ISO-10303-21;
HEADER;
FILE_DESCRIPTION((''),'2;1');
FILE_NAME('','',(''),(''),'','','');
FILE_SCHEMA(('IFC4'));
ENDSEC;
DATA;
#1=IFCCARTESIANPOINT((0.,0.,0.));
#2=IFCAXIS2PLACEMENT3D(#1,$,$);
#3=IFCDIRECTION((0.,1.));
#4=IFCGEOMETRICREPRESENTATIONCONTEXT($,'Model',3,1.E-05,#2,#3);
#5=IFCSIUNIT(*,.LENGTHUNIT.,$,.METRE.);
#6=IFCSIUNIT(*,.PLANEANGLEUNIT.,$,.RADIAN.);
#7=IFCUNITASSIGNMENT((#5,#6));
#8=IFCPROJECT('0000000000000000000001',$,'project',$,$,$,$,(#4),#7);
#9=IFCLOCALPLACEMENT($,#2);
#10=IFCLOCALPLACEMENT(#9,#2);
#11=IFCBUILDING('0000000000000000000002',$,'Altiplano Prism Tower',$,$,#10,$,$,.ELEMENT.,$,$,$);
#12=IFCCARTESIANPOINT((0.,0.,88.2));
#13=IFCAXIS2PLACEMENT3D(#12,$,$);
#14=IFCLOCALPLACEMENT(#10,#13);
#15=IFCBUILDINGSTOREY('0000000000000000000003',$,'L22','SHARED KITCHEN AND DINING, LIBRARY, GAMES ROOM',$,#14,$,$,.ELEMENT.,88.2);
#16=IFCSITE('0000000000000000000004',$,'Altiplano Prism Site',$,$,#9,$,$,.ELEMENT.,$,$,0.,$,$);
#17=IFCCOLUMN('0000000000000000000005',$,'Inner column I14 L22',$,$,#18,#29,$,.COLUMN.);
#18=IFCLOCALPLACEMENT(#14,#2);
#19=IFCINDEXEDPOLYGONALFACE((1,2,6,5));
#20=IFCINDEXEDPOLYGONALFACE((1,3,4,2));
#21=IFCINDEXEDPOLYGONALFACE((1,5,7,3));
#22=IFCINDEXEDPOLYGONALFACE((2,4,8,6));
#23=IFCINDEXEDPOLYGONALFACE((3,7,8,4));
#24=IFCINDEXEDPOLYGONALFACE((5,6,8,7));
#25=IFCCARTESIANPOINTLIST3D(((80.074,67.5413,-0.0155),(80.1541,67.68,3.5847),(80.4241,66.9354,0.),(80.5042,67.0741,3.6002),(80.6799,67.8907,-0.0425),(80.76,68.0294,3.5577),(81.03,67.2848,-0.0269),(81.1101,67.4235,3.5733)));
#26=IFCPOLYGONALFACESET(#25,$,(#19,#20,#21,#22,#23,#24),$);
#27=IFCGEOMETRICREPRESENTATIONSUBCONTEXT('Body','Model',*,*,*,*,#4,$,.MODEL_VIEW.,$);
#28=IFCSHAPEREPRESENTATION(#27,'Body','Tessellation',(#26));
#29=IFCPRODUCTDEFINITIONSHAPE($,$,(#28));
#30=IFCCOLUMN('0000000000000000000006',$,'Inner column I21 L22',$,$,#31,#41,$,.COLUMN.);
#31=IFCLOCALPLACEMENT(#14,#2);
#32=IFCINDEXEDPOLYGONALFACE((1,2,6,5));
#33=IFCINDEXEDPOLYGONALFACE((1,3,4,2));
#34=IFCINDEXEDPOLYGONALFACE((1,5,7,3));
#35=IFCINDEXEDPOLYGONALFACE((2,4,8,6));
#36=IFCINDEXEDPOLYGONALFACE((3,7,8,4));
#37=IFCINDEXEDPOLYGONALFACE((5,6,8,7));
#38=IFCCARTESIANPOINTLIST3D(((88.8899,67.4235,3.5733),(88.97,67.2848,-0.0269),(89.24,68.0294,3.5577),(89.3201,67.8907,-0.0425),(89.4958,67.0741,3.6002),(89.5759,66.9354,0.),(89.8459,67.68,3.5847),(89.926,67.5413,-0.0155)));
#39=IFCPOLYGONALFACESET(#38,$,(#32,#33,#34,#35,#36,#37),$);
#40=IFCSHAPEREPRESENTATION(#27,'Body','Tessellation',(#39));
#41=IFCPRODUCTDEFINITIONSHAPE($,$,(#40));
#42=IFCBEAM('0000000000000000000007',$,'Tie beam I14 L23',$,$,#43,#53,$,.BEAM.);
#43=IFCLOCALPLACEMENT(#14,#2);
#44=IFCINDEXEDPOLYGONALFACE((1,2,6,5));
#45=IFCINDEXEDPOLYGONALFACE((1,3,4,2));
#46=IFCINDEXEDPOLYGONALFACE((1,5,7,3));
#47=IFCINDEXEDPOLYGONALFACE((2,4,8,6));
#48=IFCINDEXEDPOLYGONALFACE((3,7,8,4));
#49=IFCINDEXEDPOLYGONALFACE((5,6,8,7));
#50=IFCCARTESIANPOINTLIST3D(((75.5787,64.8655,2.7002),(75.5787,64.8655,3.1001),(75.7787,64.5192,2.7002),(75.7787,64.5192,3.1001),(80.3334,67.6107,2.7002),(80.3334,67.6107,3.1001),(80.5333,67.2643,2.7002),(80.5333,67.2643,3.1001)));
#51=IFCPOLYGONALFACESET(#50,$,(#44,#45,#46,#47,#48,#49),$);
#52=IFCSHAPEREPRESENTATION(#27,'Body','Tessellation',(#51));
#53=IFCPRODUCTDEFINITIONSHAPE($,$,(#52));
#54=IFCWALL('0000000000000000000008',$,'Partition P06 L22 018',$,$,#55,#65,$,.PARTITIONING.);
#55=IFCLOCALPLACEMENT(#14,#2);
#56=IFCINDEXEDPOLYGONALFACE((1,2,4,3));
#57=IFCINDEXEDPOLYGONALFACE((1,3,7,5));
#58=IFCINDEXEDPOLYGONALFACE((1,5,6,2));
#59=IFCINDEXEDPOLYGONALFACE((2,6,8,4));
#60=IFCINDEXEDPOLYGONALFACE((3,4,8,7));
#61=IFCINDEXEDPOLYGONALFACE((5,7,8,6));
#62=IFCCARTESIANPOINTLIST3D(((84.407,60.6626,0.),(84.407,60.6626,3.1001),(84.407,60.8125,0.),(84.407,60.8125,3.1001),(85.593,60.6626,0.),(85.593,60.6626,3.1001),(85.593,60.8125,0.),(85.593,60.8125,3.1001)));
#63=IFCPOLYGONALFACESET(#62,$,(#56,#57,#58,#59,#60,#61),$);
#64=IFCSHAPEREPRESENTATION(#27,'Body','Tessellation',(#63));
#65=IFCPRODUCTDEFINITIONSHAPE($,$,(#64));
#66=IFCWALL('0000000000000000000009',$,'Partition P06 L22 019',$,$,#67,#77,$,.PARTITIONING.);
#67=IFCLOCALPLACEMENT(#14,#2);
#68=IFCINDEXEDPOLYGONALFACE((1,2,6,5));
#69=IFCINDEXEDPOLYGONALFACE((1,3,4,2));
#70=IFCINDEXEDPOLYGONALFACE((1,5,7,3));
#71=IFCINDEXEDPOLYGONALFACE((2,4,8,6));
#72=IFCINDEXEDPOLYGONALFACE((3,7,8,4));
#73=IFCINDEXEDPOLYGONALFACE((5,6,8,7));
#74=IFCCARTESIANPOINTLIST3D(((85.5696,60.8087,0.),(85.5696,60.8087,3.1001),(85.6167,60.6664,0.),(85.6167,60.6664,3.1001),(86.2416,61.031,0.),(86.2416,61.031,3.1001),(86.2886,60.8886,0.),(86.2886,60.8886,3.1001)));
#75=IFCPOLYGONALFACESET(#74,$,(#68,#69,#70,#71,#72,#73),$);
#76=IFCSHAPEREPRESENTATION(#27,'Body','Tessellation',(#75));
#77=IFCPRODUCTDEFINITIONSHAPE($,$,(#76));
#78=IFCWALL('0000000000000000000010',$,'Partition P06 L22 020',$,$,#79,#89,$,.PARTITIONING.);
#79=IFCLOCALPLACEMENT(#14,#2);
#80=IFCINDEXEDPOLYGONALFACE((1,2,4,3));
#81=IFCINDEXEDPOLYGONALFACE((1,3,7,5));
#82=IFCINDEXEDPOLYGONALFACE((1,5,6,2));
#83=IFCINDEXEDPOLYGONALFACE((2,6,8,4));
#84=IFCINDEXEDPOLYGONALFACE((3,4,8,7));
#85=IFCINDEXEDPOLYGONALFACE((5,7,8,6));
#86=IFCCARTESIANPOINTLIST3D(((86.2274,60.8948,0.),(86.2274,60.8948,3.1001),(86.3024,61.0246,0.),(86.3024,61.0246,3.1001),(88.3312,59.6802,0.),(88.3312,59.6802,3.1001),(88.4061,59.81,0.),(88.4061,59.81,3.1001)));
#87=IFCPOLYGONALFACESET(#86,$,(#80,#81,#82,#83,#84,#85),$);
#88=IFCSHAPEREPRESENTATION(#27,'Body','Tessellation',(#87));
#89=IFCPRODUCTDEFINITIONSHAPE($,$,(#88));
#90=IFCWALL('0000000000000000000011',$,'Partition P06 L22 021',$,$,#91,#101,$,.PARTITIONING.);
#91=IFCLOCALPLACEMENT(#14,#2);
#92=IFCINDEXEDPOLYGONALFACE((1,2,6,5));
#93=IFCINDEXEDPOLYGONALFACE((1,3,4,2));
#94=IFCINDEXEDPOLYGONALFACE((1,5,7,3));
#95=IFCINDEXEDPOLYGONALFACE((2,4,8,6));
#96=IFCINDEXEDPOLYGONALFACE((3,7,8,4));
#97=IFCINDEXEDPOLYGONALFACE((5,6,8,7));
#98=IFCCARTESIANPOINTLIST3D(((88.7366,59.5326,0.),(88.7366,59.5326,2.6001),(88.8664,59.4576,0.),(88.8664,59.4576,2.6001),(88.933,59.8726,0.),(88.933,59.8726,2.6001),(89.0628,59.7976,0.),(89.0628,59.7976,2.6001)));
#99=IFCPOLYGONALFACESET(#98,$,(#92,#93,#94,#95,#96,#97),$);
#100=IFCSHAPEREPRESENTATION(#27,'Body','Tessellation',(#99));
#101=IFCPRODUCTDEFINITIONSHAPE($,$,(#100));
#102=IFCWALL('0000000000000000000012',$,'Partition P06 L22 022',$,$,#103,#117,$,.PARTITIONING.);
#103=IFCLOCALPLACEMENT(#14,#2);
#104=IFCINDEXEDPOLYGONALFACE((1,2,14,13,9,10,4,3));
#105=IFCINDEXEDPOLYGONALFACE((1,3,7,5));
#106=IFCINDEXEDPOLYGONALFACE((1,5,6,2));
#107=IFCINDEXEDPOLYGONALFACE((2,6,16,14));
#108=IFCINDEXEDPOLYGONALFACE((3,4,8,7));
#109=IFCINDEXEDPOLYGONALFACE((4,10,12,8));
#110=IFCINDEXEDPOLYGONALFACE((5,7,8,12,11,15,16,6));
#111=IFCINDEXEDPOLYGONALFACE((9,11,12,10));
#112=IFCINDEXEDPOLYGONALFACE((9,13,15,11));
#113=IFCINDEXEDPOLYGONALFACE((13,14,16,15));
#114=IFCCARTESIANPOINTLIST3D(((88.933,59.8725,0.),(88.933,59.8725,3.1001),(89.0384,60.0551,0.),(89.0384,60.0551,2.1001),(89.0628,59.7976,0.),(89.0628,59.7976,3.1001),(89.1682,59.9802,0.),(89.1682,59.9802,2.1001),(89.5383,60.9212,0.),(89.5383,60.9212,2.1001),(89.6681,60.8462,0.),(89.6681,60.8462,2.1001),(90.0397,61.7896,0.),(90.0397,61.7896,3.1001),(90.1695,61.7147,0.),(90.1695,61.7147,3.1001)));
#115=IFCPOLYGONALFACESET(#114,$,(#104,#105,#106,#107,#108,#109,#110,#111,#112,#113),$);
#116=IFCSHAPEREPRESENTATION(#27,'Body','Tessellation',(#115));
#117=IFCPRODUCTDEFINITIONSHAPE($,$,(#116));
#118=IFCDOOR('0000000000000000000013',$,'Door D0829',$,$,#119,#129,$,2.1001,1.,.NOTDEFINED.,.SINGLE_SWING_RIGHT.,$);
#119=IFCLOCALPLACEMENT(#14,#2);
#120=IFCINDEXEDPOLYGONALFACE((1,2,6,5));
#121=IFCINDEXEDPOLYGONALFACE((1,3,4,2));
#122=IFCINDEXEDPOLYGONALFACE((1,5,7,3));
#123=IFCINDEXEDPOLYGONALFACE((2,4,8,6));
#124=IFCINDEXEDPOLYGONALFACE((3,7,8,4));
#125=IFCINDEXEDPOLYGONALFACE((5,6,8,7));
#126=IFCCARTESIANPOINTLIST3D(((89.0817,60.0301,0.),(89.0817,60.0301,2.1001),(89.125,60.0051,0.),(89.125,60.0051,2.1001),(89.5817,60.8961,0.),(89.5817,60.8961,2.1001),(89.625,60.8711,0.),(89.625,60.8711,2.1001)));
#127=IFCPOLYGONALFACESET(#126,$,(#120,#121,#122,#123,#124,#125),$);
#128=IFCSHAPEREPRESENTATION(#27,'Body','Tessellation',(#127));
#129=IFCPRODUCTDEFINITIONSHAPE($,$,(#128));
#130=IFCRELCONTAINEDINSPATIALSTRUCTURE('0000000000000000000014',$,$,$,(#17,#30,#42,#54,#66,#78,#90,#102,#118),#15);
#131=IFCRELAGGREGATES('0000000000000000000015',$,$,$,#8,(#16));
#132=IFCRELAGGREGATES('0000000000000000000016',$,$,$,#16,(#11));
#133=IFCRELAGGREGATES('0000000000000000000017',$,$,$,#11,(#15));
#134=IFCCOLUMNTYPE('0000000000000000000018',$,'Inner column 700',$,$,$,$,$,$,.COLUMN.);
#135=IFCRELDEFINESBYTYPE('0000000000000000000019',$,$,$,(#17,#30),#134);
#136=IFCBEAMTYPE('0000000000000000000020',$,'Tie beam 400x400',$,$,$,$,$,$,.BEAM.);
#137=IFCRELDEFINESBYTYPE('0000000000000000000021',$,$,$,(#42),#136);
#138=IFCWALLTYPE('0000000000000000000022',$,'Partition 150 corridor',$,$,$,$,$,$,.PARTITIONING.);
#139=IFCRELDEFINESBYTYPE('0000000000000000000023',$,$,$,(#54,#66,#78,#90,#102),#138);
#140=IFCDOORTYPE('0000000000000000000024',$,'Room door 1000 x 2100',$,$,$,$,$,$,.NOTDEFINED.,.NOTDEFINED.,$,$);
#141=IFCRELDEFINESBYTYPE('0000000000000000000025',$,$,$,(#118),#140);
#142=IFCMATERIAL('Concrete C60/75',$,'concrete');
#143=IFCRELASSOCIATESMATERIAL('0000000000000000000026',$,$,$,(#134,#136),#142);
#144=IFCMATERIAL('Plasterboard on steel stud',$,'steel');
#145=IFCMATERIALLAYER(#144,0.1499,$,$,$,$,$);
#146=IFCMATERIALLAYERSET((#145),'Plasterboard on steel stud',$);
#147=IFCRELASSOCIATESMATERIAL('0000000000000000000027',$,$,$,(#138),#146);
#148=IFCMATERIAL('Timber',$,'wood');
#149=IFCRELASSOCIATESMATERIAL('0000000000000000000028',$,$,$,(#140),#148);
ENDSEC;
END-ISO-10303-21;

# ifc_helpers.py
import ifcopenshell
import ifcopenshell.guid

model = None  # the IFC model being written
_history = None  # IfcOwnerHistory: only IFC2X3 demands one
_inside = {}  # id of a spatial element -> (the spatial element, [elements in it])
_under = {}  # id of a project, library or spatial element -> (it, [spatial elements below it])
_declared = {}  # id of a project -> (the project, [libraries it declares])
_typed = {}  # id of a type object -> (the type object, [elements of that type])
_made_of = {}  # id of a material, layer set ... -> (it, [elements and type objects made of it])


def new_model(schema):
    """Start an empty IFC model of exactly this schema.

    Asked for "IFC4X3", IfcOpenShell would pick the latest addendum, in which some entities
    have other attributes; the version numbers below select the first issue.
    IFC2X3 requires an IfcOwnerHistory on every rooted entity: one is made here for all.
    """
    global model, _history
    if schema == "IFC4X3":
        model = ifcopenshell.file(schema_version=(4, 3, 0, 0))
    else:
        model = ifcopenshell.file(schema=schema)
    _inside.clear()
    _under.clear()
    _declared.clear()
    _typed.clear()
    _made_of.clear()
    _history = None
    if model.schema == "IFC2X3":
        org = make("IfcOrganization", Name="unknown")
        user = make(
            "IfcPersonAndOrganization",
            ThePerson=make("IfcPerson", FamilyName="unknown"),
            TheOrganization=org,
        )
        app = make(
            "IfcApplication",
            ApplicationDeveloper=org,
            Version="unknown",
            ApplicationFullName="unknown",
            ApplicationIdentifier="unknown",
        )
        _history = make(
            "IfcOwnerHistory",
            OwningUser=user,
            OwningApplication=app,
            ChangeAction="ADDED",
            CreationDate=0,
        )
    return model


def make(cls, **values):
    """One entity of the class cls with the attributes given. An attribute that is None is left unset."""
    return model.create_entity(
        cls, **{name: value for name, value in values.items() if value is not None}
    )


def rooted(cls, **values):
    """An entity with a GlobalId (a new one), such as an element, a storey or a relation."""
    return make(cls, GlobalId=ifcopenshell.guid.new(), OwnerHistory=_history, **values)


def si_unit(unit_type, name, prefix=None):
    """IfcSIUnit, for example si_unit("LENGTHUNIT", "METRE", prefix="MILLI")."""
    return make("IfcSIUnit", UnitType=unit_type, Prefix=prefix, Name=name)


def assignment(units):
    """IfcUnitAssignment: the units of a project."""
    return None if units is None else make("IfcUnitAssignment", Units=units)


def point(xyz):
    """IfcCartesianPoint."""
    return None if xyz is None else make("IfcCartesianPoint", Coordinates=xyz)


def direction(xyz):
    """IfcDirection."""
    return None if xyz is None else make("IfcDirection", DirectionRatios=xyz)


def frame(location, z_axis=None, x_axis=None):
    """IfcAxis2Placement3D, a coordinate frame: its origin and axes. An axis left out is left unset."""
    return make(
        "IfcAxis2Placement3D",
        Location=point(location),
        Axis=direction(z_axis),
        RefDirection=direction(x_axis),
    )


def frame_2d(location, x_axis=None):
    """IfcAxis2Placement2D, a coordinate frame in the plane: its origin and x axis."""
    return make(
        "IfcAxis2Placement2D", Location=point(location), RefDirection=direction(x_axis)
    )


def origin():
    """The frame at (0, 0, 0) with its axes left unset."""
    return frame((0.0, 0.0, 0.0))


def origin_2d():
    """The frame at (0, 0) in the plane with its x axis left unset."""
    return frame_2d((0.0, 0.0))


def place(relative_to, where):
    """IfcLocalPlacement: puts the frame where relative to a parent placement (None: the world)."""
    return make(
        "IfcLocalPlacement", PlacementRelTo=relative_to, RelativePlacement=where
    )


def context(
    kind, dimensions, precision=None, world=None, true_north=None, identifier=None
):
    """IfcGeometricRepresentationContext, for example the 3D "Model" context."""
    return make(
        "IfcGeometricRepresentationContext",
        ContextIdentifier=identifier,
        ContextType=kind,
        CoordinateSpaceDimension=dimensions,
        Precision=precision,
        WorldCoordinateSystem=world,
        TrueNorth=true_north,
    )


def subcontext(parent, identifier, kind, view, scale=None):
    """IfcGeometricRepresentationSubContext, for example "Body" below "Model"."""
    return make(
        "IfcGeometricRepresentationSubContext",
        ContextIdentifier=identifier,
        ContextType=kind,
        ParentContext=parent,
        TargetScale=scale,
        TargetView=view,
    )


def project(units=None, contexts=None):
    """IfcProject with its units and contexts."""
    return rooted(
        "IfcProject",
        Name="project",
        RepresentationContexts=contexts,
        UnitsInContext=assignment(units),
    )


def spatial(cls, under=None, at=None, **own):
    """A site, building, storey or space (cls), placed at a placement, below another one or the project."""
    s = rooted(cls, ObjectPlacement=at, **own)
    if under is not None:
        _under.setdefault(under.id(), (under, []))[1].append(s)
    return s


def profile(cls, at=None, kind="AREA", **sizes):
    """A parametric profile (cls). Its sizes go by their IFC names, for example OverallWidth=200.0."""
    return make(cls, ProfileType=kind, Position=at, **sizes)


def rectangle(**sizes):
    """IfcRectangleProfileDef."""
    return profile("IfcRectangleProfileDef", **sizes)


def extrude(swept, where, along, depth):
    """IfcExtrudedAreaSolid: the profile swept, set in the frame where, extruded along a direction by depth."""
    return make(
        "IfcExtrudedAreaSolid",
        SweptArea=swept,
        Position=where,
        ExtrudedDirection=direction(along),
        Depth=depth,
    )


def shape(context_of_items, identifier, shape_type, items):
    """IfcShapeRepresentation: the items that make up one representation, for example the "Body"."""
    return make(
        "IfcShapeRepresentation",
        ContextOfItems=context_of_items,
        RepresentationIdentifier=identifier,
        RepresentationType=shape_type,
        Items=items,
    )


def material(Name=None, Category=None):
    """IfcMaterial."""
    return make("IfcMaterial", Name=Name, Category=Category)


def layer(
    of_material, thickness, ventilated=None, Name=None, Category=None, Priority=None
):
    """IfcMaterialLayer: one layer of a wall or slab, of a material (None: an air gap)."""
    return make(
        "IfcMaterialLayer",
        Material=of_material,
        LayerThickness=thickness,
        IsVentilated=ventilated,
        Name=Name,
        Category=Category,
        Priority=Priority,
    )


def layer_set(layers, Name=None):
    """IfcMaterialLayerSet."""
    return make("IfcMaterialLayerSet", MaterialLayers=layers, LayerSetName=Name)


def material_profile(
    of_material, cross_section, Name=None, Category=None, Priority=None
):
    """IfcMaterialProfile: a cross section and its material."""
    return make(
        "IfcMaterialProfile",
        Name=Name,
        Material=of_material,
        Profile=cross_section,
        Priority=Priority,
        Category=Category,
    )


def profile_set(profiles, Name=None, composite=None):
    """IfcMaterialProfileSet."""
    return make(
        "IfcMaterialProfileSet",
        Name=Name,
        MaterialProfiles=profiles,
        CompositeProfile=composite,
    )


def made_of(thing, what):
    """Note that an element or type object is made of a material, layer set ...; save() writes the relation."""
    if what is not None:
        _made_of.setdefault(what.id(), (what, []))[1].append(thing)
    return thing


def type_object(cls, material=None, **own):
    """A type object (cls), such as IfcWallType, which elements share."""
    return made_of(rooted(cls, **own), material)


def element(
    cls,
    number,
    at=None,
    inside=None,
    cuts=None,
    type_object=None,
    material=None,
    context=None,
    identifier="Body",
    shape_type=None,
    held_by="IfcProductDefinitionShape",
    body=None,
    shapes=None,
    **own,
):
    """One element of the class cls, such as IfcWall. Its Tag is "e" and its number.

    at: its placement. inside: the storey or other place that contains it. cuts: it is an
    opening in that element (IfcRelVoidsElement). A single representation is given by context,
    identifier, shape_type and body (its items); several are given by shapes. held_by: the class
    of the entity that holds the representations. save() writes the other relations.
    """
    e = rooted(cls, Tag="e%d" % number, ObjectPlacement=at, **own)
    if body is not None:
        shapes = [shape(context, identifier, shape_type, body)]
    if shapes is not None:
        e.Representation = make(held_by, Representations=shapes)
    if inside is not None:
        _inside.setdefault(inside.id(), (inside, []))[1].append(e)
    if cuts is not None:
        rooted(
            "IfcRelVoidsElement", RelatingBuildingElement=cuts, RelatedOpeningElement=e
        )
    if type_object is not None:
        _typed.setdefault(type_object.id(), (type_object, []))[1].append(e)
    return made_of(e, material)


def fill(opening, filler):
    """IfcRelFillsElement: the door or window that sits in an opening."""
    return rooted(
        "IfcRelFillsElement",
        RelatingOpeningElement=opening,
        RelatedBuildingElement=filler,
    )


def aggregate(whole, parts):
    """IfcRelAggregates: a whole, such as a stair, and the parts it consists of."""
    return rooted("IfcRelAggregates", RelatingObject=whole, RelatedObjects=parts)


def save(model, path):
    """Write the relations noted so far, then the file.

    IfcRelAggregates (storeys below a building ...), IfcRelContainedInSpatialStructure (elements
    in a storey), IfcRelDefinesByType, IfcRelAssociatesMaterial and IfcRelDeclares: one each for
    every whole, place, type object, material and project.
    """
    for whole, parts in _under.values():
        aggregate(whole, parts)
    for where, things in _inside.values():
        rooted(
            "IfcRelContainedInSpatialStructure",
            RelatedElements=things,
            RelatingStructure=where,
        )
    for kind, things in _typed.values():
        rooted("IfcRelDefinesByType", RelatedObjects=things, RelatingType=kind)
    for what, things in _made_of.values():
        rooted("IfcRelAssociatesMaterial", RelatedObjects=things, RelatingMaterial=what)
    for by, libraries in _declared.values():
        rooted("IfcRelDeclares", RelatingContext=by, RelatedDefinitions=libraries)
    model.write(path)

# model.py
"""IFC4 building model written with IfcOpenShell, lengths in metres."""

from ifc_helpers import new_model, si_unit, direction, frame, frame_2d, origin, origin_2d, place, context, subcontext, project, spatial, rectangle, extrude, material, layer, layer_set, material_profile, profile_set, type_object, element, fill, save


model = new_model("IFC4")

# Units and contexts
model_context = context("Model", 3, precision=1e-05, world=origin(), true_north=direction((0.0, 1.0)))
body_context = subcontext(model_context, "Body", "Model", "MODEL_VIEW")
ifc_project = project(units=[si_unit("LENGTHUNIT", "METRE"), si_unit("PLANEANGLEUNIT", "RADIAN")], contexts=[model_context])

# Site, building, storey
site_placement = place(None, origin())
site = spatial("IfcSite", under=ifc_project, at=site_placement, Name="Altiplano Prism Site", CompositionType="ELEMENT", RefElevation=0.0)
building_placement = place(site_placement, origin())
building = spatial("IfcBuilding", under=site, at=building_placement, Name="Altiplano Prism Tower", CompositionType="ELEMENT")
storey_placement = place(building_placement, frame((0.0, 0.0, 88.2)))
storey = spatial("IfcBuildingStorey", under=building, at=storey_placement, Name="L22", Description="SHARED KITCHEN AND DINING, LIBRARY, GAMES ROOM", CompositionType="ELEMENT", Elevation=88.2)

# Columns
ifc_material_1 = material(Name="Concrete C60/75", Category="concrete")
ifc_material_profile_1 = material_profile(ifc_material_1, rectangle(XDim=0.7, YDim=0.7, at=origin_2d()), Name="Inner column 700")
ifc_profile_set_1 = profile_set([ifc_material_profile_1], Name="Concrete C60/75")
column_type = type_object("IfcColumnType", Name="Inner column 700", PredefinedType="COLUMN", material=ifc_profile_set_1)
for number, where, z_axis, x_axis, name in (
    (1, (80.552, 67.4131, -0.0212), (0.022221, 0.038481, 0.999012), (-0.865642, -0.499182, 0.038483), "Inner column I14 L22"),
    (2, (89.448, 67.4131, -0.0212), (-0.022221, 0.038481, 0.999012), (-0.50017, -0.865642, 0.022218), "Inner column I21 L22"),
):
    element("IfcColumn", number, at=place(storey_placement, frame(where, z_axis=z_axis, x_axis=x_axis)), inside=storey, type_object=column_type, Name=name, PredefinedType="COLUMN", context=body_context, shape_type="SweptSolid", body=[
        extrude(rectangle(XDim=0.7, YDim=0.7, at=origin_2d()), origin(), (0.0, 0.0, 1.0), 3.6038),
    ])

# Beam
ifc_material_profile_2 = material_profile(ifc_material_1, rectangle(XDim=0.3999, YDim=0.3999, at=origin_2d()), Name="Tie beam 400x400")
ifc_profile_set_2 = profile_set([ifc_material_profile_2], Name="Concrete C60/75")
beam_type = type_object("IfcBeamType", Name="Tie beam 400x400", PredefinedType="BEAM", material=ifc_profile_set_2)
beam_placement = place(storey_placement, frame((80.4333, 67.4375, 2.9001), z_axis=(-0.866023, -0.500003, 0.0), x_axis=(0.500003, -0.866023, 0.0)))
element("IfcBeam", 3, at=beam_placement, inside=storey, type_object=beam_type, Name="Tie beam I14 L23", PredefinedType="BEAM", context=body_context, shape_type="SweptSolid", body=[
    extrude(rectangle(XDim=0.3999, YDim=0.3999, at=origin_2d()), origin(), (0.0, 0.0, 1.0), 5.4902),
])

# Walls
ifc_material_2 = material(Name="Plasterboard on steel stud", Category="steel")
ifc_layer = layer(ifc_material_2, 0.1499)
ifc_layer_set = layer_set([ifc_layer], Name="Plasterboard on steel stud")
wall_type = type_object("IfcWallType", Name="Partition 150 corridor", PredefinedType="PARTITIONING", material=ifc_layer_set)
wall_1_placement = place(storey_placement, frame((84.407, 60.7375, 0.0), z_axis=(0.0, 0.0, 1.0), x_axis=(1.0, 0.0, 0.0)))
element("IfcWall", 4, at=wall_1_placement, inside=storey, type_object=wall_type, Name="Partition P06 L22 018", PredefinedType="PARTITIONING", context=body_context, shape_type="SweptSolid", body=[
    extrude(rectangle(XDim=1.186, YDim=0.1499, at=frame_2d((0.593, 0.0))), origin(), (0.0, 0.0, 1.0), 3.1001),
])
wall_2_placement = place(storey_placement, frame((85.593, 60.7375, 0.0), z_axis=(0.0, 0.0, 1.0), x_axis=(0.94944, 0.31395, 0.0)))
element("IfcWall", 5, at=wall_2_placement, inside=storey, type_object=wall_type, Name="Partition P06 L22 019", PredefinedType="PARTITIONING", context=body_context, shape_type="SweptSolid", body=[
    extrude(rectangle(XDim=0.7078, YDim=0.1499, at=frame_2d((0.354, 0.0))), origin(), (0.0, 0.0, 1.0), 3.1001),
])
wall_3_placement = place(storey_placement, frame((86.2649, 60.9597, 0.0), z_axis=(0.0, 0.0, 1.0), x_axis=(0.866027, -0.499998, 0.0)))
element("IfcWall", 6, at=wall_3_placement, inside=storey, type_object=wall_type, Name="Partition P06 L22 020", PredefinedType="PARTITIONING", context=body_context, shape_type="SweptSolid", body=[
    extrude(rectangle(XDim=2.4292, YDim=0.1499, at=frame_2d((1.2146, 0.0))), origin(), (0.0, 0.0, 1.0), 3.1001),
])
wall_4_placement = place(storey_placement, frame((88.8015, 59.4951, 0.0), z_axis=(0.0, 0.0, 1.0), x_axis=(0.500153, 0.865937, 0.0)))
element("IfcWall", 7, at=wall_4_placement, inside=storey, type_object=wall_type, Name="Partition P06 L22 021", PredefinedType="PARTITIONING", context=body_context, shape_type="SweptSolid", body=[
    extrude(rectangle(XDim=0.3926, YDim=0.1499, at=frame_2d((0.1963, 0.0))), origin(), (0.0, 0.0, 1.0), 2.6001),
])

# Wall, opening, door
wall_5_placement = place(storey_placement, frame((88.9978, 59.835, 0.0), z_axis=(0.0, 0.0, 1.0), x_axis=(0.499971, 0.866042, 0.0)))
wall_5 = element("IfcWall", 8, at=wall_5_placement, inside=storey, type_object=wall_type, Name="Partition P06 L22 022", PredefinedType="PARTITIONING", context=body_context, shape_type="SweptSolid", body=[
    extrude(rectangle(XDim=2.2136, YDim=0.1499, at=frame_2d((1.1069, 0.0))), origin(), (0.0, 0.0, 1.0), 3.1001),
])
opening_1_placement = place(wall_5_placement, frame((0.2109, 0.0, 0.0)))
opening_1 = element("IfcOpeningElement", 9, at=opening_1_placement, cuts=wall_5, PredefinedType="OPENING", context=body_context, shape_type="SweptSolid", body=[
    extrude(rectangle(XDim=1.0, YDim=2.1001, at=frame_2d((0.5, 1.05))), frame((0.0, 0.0854, 0.0), z_axis=(0.0, -1.0, 0.0), x_axis=(1.0, 0.0, 0.0)), (0.0, 0.0, 1.0), 0.1709),
])
ifc_material_3 = material(Name="Timber", Category="wood")
door_type_1 = type_object("IfcDoorType", Name="Room door 1000 x 2100", OperationType="NOTDEFINED", PredefinedType="NOTDEFINED", material=ifc_material_3)
door_1_placement = place(opening_1_placement, origin())
door_1 = element("IfcDoor", 10, at=door_1_placement, inside=storey, type_object=door_type_1, Name="Door D0829", OperationType="SINGLE_SWING_RIGHT", OverallHeight=2.1001, OverallWidth=1.0, PredefinedType="NOTDEFINED", context=body_context, shape_type="SweptSolid", body=[
    extrude(rectangle(XDim=1.0, YDim=2.1001, at=frame_2d((0.5, 1.05))), frame((0.0, 0.0249, 0.0), z_axis=(0.0, -1.0, 0.0), x_axis=(1.0, 0.0, 0.0)), (0.0, 0.0, 1.0), 0.05),
])
fill(opening_1, door_1)

save(model, "model.ifc")
